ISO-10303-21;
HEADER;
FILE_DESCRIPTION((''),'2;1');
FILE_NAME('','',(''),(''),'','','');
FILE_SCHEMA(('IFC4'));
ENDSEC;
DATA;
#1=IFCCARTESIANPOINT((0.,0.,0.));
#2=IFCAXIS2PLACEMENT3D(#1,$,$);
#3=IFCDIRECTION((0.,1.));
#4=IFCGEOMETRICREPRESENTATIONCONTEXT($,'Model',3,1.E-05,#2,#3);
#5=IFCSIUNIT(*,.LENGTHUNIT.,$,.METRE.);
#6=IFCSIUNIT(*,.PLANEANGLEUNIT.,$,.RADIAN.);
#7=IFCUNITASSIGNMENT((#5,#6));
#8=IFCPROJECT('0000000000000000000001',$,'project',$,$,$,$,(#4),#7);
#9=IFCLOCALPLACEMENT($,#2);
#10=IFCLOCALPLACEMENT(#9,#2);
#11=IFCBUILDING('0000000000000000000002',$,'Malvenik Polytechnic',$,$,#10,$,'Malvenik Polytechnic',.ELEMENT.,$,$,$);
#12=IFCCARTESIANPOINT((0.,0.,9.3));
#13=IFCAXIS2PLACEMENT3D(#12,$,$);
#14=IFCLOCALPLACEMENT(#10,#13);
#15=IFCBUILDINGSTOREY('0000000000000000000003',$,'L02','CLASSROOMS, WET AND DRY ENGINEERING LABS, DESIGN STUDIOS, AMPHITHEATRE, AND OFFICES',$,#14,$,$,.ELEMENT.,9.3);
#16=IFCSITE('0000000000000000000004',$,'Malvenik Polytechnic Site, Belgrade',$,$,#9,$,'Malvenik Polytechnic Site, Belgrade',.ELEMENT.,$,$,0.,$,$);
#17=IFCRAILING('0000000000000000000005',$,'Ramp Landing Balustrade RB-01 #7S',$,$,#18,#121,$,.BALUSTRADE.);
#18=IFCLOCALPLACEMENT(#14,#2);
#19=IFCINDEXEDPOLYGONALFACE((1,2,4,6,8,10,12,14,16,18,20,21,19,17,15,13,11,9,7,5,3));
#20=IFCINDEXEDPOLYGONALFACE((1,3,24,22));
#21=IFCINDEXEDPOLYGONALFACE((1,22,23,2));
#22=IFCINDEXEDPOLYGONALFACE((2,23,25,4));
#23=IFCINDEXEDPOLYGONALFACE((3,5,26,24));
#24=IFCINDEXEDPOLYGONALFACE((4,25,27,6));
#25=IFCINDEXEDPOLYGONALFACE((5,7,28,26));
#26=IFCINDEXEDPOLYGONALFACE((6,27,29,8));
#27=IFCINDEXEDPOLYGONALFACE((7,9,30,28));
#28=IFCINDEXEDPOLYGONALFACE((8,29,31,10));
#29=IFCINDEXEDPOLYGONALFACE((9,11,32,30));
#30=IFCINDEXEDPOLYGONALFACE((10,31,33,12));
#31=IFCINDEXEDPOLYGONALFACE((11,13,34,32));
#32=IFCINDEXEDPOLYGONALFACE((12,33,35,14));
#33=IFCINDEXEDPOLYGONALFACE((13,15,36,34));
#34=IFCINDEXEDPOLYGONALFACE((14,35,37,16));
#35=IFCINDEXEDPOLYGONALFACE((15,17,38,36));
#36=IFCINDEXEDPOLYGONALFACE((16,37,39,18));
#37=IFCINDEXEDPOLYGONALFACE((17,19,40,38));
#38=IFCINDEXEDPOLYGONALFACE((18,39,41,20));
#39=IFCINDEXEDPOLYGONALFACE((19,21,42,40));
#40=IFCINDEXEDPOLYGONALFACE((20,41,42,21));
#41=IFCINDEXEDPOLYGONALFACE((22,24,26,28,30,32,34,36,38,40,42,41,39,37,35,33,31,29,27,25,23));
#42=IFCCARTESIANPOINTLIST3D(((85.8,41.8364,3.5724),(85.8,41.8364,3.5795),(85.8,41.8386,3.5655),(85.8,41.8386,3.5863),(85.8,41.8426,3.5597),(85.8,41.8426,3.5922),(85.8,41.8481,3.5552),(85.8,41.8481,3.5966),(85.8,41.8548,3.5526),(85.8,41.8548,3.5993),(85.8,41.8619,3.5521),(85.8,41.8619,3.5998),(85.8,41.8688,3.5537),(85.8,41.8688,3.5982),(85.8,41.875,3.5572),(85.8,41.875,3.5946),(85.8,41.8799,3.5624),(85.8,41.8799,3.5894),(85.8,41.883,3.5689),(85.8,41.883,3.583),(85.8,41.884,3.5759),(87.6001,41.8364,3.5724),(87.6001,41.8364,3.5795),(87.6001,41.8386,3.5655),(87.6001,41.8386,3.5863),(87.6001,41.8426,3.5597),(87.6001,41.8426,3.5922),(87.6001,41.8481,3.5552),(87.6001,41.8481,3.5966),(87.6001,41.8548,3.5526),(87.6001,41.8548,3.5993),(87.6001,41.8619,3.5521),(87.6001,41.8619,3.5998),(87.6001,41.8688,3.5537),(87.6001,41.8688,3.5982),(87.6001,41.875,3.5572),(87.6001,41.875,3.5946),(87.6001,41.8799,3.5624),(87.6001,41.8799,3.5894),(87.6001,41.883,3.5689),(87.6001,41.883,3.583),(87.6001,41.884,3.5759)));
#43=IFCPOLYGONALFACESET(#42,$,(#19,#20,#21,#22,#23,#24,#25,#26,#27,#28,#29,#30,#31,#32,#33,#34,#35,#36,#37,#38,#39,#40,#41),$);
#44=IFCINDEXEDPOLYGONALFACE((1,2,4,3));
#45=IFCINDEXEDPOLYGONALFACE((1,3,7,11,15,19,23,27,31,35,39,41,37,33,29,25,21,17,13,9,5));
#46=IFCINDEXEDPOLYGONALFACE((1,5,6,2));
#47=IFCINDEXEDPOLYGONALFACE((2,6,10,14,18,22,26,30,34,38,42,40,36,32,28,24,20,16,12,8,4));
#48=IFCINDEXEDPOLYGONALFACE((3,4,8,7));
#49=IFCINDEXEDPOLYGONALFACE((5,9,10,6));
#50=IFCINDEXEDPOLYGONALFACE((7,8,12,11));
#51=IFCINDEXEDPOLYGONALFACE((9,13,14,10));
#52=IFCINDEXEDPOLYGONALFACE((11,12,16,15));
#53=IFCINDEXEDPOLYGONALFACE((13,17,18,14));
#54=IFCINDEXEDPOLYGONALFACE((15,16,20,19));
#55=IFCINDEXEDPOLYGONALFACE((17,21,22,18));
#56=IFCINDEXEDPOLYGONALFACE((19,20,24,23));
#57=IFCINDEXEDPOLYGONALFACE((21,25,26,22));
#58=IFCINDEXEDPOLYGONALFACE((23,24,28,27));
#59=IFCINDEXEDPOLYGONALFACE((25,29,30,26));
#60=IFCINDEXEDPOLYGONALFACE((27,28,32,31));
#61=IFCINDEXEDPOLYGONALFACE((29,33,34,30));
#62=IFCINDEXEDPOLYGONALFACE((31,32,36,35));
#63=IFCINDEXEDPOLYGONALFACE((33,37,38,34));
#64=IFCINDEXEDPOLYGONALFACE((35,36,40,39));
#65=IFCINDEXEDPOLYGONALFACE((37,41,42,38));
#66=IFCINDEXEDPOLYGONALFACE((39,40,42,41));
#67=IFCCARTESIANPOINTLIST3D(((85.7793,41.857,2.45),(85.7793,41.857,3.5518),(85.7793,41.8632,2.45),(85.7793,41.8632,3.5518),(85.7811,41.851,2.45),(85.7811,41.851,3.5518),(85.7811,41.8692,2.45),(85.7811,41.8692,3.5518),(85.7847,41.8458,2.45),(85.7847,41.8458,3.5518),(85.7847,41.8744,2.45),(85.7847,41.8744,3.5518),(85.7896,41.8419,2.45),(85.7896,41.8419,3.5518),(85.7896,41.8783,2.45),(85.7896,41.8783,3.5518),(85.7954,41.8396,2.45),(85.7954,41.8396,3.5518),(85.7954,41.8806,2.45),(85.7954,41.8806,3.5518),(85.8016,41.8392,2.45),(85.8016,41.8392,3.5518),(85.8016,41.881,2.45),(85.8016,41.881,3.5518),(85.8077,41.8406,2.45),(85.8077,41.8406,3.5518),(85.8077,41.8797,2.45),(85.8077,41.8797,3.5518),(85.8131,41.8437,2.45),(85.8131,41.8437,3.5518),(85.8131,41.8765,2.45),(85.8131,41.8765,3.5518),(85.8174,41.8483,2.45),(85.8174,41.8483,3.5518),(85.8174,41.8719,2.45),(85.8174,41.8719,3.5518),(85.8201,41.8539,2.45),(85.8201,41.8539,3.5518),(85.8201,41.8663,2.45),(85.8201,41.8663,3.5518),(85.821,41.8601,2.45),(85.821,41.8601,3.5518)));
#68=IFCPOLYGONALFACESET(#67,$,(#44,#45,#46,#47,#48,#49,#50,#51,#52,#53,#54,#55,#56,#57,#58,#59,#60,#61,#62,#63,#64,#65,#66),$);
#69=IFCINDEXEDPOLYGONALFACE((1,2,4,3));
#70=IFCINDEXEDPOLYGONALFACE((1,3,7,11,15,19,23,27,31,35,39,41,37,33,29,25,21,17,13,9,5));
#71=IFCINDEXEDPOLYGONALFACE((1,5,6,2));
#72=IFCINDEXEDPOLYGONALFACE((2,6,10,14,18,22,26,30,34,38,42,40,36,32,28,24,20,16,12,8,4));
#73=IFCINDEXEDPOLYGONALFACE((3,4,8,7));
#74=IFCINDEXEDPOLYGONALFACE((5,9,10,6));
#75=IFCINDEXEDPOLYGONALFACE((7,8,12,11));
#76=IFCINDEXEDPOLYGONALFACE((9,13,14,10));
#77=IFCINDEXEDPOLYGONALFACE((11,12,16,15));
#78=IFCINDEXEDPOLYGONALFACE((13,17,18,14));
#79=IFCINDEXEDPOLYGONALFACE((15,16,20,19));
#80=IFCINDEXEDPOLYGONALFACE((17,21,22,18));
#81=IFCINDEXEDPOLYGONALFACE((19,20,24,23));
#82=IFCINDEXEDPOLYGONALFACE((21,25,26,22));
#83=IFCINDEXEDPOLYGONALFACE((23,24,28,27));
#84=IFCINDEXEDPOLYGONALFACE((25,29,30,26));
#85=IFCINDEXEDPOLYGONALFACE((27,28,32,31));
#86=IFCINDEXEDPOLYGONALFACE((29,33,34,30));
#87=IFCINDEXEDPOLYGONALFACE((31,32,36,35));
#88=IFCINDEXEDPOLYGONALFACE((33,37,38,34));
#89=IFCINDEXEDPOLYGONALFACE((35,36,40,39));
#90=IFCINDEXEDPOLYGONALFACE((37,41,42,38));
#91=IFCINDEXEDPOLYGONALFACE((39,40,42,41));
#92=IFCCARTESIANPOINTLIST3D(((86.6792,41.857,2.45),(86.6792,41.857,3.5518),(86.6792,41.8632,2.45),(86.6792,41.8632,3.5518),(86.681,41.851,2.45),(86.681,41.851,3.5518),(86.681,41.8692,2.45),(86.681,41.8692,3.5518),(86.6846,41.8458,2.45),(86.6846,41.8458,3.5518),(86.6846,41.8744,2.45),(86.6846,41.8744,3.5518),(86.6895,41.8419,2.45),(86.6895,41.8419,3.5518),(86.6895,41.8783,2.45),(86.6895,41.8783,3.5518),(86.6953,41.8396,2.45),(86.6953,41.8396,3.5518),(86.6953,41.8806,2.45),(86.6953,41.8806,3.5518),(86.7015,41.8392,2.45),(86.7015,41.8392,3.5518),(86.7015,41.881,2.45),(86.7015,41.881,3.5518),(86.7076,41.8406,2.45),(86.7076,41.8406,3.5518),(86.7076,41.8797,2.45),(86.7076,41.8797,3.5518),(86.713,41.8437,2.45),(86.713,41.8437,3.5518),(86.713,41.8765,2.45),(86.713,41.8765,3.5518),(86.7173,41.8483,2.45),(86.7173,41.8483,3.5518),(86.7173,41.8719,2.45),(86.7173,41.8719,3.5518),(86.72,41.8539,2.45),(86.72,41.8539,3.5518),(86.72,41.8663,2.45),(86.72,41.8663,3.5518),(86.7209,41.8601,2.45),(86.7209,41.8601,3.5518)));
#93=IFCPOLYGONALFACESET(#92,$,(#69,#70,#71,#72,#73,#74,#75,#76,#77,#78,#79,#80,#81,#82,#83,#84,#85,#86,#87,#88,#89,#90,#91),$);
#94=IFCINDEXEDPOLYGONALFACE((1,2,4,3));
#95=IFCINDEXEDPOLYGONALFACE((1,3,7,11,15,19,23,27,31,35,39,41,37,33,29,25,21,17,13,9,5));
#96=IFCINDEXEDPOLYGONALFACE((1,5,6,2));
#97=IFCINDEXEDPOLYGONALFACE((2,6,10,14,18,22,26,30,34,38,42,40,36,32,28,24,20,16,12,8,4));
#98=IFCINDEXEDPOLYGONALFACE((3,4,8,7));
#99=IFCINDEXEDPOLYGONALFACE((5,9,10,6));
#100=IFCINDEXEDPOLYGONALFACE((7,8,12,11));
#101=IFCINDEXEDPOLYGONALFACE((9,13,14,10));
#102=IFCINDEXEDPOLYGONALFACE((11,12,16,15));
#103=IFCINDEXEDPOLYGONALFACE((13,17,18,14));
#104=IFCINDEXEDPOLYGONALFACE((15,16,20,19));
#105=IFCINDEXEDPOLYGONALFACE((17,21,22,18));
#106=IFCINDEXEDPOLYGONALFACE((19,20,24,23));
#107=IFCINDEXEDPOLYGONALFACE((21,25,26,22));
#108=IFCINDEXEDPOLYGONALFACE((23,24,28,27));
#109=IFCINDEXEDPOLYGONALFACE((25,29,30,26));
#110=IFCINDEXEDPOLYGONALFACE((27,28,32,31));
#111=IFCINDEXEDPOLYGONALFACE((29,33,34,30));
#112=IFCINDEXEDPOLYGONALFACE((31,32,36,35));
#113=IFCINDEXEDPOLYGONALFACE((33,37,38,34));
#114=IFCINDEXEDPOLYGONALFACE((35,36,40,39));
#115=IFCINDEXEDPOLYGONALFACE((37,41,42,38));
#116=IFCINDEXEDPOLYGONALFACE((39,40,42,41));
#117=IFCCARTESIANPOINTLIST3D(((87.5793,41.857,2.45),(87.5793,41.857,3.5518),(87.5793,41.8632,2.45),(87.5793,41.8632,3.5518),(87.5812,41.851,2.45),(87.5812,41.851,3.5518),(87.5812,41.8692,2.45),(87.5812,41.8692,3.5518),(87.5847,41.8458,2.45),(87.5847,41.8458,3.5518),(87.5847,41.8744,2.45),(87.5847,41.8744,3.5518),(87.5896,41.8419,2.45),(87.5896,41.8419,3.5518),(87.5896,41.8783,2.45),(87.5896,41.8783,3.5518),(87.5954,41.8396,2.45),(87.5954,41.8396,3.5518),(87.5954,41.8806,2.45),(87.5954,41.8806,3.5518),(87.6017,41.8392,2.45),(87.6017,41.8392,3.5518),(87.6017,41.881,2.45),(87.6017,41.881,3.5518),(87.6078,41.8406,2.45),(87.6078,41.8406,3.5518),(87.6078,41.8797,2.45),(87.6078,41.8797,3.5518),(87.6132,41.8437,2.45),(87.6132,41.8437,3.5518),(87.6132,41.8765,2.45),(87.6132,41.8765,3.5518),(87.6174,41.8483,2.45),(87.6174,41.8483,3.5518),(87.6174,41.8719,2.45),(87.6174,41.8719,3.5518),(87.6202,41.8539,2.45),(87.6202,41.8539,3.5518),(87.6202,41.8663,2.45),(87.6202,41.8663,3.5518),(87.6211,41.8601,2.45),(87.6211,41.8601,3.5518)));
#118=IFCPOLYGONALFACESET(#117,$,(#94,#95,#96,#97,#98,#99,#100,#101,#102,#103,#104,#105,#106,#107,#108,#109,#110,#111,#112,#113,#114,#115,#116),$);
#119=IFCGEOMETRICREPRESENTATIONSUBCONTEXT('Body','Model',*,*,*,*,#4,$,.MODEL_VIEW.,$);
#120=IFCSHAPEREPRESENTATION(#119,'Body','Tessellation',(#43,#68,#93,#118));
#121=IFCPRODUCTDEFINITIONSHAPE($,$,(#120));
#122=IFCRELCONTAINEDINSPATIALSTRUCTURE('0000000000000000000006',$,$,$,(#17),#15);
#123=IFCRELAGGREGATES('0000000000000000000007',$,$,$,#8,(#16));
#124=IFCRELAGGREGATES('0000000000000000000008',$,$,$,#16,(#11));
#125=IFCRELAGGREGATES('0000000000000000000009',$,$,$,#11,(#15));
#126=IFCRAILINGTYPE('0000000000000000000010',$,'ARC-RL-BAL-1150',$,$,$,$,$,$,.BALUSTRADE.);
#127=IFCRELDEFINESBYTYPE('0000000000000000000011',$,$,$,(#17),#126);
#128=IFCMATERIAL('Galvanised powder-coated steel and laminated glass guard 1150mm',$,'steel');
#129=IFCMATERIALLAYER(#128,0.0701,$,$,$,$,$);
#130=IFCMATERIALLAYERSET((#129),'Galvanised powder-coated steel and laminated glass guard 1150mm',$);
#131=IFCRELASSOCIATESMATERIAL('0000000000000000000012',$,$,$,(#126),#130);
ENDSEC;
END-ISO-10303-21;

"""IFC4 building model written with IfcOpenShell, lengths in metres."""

from ifc_helpers import new_model, si_unit, direction, frame, origin, origin_2d, place, context, subcontext, project, spatial, circle, extrude, material, layer, layer_set, type_object, element, save


model = new_model("IFC4")

# Units and contexts
model_context = context("Model", 3, precision=1e-05, world=origin(), true_north=direction((0.0, 1.0)))
body_context = subcontext(model_context, "Body", "Model", "MODEL_VIEW")
ifc_project = project(units=[si_unit("LENGTHUNIT", "METRE"), si_unit("PLANEANGLEUNIT", "RADIAN")], contexts=[model_context])

# Site, building, storey
site_placement = place(None, origin())
site = spatial("IfcSite", under=ifc_project, at=site_placement, Name="Malvenik Polytechnic Site, Belgrade", LongName="Malvenik Polytechnic Site, Belgrade", CompositionType="ELEMENT", RefElevation=0.0)
building_placement = place(site_placement, origin())
building = spatial("IfcBuilding", under=site, at=building_placement, Name="Malvenik Polytechnic", LongName="Malvenik Polytechnic", CompositionType="ELEMENT")
storey_placement = place(building_placement, frame((0.0, 0.0, 9.3)))
storey = spatial("IfcBuildingStorey", under=building, at=storey_placement, Name="L02", Description="CLASSROOMS, WET AND DRY ENGINEERING LABS, DESIGN STUDIOS, AMPHITHEATRE, AND OFFICES", CompositionType="ELEMENT", Elevation=9.3)

# Railing
ifc_material_1 = material(Name="Galvanised powder-coated steel and laminated glass guard 1150mm", Category="steel")
ifc_layer_1 = layer(ifc_material_1, 0.0701)
ifc_layer_set_1 = layer_set([ifc_layer_1], Name="Galvanised powder-coated steel and laminated glass guard 1150mm")
railing_type_1 = type_object("IfcRailingType", Name="ARC-RL-BAL-1150", PredefinedType="BALUSTRADE", material=ifc_layer_set_1)
railing_1_placement = place(storey_placement, frame((85.8, 41.8601, 2.45)))
element("IfcRailing", 1, at=railing_1_placement, inside=storey, type_object=railing_type_1, Name="Ramp Landing Balustrade RB-01 #7S", PredefinedType="BALUSTRADE", context=body_context, shape_type="SweptSolid", body=[
    extrude(circle(Radius=0.0239, at=origin_2d()), frame((0.0, 0.0, 1.126), z_axis=(1.0, 0.0, 0.0), x_axis=(0.0, 1.0, 0.0)), (0.0, 0.0, 1.0), 1.8),
    extrude(circle(Radius=0.021, at=origin_2d()), origin(), (0.0, 0.0, 1.0), 1.1018),
    extrude(circle(Radius=0.021, at=origin_2d()), frame((0.8999, 0.0, 0.0)), (0.0, 0.0, 1.0), 1.1018),
    extrude(circle(Radius=0.021, at=origin_2d()), frame((1.8, 0.0, 0.0)), (0.0, 0.0, 1.0), 1.1018),
])

save(model, "model.ifc")
